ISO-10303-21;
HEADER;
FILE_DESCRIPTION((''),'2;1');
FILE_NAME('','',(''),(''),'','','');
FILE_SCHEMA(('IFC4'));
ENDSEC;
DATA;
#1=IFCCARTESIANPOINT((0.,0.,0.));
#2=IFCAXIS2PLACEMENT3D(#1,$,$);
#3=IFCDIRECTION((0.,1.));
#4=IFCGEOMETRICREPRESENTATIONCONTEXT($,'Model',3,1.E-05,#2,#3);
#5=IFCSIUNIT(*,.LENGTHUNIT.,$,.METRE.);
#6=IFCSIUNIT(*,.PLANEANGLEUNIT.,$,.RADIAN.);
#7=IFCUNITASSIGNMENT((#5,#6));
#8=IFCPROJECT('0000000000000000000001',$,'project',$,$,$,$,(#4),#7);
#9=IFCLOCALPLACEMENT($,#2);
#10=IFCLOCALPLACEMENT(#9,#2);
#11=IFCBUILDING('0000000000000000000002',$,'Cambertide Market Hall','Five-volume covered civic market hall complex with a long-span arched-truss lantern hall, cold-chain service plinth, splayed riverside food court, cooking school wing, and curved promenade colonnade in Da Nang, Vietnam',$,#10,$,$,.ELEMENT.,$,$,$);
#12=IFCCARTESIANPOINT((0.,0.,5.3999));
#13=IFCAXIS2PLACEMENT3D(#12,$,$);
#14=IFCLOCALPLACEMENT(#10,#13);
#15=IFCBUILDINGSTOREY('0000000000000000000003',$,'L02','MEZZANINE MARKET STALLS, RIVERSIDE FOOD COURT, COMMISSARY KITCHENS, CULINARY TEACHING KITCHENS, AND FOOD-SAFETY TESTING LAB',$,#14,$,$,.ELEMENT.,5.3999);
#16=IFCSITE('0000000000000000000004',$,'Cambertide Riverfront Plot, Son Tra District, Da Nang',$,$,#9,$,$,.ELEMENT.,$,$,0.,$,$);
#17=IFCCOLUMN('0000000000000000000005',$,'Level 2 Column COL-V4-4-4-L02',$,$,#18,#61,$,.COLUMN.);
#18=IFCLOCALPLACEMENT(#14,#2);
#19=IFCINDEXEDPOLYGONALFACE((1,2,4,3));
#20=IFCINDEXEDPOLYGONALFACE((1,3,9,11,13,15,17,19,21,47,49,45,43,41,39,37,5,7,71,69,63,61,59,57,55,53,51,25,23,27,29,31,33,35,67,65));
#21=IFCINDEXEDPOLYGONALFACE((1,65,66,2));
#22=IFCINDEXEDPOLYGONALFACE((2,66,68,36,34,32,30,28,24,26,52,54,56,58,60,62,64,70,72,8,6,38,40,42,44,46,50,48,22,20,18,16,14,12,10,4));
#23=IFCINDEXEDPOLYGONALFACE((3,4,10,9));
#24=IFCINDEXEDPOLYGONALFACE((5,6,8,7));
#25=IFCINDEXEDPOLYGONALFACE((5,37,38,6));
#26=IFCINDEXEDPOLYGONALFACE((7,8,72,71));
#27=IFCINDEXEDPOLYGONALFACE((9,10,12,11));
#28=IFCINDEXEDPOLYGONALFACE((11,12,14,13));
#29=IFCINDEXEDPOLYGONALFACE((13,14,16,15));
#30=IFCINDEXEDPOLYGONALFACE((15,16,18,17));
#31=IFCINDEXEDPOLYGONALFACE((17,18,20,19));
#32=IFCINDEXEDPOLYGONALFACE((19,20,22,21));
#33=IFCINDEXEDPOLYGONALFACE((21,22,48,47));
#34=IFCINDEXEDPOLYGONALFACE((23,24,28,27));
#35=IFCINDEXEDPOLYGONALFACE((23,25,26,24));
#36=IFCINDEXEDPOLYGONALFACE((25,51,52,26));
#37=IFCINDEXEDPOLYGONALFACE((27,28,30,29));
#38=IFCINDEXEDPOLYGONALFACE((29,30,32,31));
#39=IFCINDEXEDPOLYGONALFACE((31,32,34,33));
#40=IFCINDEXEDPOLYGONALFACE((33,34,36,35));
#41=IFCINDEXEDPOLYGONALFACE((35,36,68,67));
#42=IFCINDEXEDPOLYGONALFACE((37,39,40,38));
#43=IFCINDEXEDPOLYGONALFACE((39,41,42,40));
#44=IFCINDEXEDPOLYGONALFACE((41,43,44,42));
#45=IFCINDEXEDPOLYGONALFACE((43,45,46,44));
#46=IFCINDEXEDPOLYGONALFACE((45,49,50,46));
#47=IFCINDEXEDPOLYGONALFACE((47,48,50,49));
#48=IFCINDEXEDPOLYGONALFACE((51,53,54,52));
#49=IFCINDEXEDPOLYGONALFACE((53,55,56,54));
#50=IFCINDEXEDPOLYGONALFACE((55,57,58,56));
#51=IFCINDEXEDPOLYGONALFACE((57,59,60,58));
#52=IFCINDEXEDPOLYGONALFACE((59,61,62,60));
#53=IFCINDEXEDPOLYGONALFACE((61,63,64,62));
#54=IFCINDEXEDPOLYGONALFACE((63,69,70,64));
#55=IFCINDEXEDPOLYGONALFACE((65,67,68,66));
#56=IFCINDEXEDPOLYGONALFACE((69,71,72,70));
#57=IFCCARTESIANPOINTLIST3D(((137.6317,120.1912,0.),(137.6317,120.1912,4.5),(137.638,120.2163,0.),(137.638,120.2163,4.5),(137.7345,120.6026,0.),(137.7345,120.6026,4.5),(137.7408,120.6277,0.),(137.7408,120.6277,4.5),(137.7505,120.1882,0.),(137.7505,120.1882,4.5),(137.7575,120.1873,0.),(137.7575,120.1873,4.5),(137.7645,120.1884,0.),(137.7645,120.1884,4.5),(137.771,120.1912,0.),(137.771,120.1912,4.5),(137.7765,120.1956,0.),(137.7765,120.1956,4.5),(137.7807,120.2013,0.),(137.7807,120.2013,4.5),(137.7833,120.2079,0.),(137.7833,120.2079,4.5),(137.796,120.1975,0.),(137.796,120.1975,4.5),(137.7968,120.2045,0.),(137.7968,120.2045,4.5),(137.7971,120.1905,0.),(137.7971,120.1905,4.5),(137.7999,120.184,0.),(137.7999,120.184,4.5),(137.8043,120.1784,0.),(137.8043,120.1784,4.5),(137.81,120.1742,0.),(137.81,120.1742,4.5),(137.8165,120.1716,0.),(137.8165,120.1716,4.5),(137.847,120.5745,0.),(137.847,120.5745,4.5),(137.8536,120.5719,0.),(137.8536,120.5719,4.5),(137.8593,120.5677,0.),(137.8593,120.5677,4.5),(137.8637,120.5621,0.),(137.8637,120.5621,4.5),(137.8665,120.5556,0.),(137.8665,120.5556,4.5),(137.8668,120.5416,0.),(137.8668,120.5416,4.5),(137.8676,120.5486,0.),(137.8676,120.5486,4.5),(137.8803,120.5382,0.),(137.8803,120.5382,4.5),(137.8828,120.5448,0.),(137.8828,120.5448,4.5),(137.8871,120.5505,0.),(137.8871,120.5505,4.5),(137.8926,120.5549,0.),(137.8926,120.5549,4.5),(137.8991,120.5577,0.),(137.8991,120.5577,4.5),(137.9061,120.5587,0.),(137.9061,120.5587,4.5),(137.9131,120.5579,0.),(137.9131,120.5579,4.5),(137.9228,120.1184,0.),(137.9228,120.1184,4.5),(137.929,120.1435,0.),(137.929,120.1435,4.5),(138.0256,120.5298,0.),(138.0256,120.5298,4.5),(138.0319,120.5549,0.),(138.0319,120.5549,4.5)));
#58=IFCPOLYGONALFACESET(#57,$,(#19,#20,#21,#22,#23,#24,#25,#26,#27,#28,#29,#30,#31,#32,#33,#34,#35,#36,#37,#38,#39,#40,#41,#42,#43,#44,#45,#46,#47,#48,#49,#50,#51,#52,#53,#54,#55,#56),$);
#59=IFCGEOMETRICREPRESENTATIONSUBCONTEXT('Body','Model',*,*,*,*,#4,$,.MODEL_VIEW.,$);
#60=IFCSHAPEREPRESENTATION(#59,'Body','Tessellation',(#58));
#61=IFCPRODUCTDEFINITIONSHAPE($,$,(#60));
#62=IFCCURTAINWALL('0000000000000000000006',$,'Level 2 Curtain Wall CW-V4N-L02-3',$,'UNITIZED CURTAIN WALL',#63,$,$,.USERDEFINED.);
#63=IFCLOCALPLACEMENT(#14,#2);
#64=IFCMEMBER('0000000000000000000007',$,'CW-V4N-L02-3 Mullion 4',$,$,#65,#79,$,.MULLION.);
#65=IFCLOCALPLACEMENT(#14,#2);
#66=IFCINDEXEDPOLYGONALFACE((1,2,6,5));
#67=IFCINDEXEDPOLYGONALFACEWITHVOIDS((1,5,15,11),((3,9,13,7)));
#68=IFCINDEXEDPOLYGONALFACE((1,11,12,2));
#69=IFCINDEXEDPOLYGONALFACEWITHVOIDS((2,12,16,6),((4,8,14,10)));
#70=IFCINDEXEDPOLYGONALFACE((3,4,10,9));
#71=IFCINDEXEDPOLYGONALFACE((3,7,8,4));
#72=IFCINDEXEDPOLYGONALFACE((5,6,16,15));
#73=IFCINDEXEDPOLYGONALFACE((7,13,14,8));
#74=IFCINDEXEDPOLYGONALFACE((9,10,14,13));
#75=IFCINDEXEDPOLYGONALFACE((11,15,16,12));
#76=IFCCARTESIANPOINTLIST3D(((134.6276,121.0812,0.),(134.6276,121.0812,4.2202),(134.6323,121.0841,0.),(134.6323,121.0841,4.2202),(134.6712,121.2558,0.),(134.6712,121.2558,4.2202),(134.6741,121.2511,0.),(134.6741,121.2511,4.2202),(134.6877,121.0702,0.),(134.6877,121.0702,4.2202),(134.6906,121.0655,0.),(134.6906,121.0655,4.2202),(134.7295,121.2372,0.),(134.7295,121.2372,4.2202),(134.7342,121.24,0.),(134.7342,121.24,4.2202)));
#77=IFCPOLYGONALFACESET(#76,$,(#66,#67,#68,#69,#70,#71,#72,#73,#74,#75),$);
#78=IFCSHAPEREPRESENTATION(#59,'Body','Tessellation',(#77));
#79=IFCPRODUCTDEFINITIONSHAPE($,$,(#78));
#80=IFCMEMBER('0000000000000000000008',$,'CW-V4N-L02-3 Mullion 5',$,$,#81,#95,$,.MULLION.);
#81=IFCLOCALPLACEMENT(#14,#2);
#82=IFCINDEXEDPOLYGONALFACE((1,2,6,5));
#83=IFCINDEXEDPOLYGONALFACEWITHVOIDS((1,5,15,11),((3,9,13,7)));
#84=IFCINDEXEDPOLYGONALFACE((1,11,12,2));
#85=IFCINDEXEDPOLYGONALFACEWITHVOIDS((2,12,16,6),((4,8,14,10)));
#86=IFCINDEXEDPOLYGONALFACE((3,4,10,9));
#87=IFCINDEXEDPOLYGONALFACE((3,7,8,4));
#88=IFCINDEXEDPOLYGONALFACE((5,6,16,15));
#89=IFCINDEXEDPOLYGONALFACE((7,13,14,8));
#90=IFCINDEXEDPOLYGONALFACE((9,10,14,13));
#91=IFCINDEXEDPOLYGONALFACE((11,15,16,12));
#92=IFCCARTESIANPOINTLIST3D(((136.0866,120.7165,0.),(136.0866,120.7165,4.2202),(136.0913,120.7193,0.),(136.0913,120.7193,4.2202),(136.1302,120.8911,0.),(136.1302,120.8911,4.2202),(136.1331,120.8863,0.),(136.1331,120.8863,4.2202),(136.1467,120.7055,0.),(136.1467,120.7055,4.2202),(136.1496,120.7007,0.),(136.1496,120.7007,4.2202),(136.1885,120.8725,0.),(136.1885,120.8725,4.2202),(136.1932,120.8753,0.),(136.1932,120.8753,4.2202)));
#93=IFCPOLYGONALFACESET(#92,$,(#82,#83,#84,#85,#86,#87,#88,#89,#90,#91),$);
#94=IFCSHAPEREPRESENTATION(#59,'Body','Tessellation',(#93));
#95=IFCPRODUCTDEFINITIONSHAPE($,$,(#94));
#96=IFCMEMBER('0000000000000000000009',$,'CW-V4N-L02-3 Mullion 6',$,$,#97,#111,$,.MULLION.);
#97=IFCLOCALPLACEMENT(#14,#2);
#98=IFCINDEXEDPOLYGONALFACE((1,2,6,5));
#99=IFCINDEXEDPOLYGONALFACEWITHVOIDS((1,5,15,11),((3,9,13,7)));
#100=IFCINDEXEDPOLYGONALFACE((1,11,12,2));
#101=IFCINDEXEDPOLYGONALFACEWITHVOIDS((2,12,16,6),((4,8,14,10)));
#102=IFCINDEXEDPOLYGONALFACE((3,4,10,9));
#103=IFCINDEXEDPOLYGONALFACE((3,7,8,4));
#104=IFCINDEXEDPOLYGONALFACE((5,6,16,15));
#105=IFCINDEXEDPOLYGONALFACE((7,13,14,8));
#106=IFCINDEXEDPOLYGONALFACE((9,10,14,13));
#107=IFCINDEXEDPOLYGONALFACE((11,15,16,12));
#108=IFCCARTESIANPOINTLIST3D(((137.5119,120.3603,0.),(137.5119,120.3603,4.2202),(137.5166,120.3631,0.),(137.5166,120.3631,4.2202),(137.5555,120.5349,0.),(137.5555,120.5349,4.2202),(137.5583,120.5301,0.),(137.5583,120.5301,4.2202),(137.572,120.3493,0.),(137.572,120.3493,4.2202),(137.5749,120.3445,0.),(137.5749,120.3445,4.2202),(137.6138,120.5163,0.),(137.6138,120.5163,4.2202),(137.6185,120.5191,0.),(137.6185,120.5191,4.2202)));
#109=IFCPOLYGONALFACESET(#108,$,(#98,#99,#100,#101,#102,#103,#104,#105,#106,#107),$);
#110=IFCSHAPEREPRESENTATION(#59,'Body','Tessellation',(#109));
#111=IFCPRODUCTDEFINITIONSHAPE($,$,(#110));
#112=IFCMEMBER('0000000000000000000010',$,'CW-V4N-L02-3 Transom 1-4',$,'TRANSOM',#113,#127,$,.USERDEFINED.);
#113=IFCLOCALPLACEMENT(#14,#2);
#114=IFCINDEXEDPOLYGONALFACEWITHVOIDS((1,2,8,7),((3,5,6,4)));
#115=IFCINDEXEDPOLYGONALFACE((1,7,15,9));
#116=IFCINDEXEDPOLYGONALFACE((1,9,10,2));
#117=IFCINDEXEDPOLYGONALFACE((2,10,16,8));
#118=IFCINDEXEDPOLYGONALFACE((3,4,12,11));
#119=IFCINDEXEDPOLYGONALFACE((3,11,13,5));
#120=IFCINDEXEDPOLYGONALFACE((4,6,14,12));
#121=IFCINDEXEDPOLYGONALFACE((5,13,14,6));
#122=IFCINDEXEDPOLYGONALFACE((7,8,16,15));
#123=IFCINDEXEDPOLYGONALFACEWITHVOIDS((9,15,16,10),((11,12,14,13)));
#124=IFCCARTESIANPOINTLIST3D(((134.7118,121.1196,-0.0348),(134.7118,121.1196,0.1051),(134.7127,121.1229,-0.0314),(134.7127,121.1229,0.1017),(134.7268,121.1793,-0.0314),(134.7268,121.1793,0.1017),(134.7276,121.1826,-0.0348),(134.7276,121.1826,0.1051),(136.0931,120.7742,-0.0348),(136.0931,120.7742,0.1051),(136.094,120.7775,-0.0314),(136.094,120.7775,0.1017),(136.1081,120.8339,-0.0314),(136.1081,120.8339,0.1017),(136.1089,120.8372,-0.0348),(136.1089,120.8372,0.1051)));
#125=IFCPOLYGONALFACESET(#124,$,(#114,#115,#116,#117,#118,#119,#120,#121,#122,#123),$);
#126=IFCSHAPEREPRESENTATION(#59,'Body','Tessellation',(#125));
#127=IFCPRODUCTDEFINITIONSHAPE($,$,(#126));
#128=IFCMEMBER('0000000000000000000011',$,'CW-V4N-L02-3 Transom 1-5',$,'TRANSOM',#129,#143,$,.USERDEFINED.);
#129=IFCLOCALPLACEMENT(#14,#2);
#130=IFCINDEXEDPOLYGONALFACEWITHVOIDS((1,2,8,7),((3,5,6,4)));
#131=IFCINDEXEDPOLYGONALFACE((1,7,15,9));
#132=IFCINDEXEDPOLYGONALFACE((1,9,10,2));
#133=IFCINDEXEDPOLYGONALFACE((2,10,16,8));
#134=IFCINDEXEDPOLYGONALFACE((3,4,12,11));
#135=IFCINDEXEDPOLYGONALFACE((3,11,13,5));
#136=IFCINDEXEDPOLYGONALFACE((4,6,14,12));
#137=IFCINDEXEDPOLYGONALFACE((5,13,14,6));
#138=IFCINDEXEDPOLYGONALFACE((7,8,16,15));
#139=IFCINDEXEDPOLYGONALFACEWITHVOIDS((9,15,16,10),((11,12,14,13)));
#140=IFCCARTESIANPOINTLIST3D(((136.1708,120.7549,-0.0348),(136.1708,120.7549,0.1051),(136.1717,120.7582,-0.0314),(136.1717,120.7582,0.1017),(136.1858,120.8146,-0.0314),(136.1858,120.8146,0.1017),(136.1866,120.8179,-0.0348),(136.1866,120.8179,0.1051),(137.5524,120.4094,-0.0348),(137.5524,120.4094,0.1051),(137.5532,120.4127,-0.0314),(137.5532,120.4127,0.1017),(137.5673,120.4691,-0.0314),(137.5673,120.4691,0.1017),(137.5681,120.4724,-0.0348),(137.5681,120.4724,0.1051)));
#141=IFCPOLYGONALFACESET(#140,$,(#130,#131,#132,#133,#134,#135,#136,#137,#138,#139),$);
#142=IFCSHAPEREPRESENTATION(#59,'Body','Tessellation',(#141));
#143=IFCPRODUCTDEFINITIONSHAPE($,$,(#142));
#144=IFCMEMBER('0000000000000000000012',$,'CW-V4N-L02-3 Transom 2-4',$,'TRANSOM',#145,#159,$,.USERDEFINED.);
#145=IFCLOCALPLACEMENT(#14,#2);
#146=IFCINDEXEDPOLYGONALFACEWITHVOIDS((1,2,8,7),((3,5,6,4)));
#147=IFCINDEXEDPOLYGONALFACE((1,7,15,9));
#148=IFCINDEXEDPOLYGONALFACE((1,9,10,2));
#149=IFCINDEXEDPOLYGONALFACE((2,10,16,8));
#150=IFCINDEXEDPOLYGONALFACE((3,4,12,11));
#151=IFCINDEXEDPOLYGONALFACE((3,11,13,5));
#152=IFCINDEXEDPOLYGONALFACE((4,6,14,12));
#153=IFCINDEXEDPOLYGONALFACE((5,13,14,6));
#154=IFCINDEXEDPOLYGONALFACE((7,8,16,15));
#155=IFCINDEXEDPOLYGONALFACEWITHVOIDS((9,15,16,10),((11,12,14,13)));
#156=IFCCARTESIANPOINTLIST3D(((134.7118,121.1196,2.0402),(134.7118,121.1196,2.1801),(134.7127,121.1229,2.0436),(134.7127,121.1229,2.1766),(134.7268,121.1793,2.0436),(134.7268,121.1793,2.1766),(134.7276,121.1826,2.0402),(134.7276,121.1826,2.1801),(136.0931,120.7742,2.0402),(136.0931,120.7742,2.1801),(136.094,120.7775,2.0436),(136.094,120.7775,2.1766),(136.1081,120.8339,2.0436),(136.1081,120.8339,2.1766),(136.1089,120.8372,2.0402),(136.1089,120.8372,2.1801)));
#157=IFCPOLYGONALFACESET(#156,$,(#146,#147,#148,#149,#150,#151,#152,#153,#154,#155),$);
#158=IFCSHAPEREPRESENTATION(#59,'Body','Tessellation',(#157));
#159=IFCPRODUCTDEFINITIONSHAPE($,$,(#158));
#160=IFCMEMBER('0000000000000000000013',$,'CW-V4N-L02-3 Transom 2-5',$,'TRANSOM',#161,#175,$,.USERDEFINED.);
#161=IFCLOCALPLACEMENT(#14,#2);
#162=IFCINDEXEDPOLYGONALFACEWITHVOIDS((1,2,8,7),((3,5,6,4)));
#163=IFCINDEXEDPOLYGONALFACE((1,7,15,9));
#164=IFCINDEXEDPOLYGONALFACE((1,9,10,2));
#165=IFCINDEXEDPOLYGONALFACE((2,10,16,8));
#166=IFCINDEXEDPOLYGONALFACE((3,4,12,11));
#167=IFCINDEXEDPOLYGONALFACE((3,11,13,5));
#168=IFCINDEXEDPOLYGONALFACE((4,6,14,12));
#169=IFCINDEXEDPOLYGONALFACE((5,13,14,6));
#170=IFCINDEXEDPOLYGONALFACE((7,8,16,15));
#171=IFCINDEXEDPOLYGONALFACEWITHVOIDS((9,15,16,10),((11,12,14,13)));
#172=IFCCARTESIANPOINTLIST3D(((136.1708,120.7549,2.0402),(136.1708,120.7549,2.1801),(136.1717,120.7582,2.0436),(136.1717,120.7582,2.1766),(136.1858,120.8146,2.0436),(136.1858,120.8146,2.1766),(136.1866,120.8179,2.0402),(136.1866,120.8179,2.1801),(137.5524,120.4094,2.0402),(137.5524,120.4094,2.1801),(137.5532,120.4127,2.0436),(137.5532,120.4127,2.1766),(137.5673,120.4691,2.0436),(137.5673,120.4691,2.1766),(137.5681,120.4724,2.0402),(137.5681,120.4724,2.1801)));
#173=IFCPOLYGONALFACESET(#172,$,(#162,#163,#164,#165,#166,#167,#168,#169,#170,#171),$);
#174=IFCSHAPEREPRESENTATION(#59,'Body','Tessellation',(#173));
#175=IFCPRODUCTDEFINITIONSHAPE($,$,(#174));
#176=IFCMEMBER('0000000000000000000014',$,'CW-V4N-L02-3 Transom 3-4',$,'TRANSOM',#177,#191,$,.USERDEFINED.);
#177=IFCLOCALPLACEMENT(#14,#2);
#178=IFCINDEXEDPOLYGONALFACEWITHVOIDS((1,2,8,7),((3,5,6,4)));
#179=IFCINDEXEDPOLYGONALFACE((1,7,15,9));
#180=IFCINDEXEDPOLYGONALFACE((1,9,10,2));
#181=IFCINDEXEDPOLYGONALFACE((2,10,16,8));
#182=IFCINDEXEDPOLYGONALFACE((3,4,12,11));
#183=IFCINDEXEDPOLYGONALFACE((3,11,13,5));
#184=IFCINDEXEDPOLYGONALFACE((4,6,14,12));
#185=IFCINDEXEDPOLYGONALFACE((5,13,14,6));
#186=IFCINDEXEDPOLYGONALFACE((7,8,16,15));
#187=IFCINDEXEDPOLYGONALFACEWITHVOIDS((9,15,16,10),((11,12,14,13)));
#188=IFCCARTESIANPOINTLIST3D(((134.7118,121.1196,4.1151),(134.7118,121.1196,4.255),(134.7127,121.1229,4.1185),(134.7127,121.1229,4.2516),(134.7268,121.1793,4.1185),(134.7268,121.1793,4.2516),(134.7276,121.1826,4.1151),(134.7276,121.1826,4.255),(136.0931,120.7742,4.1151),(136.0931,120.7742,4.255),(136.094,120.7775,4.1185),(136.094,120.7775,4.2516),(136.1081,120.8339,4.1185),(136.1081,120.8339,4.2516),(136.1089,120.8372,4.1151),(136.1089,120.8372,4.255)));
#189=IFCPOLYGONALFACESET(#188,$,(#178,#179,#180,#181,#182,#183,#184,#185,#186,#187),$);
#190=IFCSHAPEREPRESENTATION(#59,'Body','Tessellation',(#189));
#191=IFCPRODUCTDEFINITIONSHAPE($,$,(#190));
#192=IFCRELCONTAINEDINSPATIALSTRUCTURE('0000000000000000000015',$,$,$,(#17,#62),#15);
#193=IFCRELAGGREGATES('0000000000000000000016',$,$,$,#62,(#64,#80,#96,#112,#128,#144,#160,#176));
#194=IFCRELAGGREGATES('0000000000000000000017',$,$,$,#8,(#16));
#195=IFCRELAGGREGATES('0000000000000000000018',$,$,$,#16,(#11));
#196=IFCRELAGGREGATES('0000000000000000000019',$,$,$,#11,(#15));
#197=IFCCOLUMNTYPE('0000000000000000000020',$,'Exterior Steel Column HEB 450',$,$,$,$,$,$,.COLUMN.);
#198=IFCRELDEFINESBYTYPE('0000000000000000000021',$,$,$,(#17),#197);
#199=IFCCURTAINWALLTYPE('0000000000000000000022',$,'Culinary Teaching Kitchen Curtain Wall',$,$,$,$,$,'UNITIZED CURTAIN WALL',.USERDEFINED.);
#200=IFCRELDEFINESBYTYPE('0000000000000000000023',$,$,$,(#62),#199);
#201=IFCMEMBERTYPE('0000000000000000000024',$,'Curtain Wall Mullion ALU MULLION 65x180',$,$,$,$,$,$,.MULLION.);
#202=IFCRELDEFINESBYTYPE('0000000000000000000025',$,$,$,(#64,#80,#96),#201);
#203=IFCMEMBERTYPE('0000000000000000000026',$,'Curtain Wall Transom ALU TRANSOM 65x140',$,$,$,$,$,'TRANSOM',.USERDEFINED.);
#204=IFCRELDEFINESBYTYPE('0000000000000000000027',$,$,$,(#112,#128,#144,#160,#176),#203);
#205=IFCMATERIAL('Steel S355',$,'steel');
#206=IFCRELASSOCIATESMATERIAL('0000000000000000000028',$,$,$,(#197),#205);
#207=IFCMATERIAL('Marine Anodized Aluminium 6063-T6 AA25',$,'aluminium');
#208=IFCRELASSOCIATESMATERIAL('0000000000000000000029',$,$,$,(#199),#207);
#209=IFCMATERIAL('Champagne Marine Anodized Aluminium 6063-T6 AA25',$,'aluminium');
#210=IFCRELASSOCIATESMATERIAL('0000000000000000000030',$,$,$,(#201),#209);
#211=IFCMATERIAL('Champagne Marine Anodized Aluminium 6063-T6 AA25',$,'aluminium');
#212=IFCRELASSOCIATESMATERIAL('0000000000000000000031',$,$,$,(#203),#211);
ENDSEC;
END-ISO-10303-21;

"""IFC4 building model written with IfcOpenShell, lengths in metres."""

from ifc_helpers import new_model, si_unit, direction, frame, origin, origin_2d, place, context, subcontext, project, spatial, hollow_rectangle, i_section, extrude, material, material_profile, profile_set, type_object, element, aggregate, save


model = new_model("IFC4")

# Units and contexts
model_context = context("Model", 3, precision=1e-05, world=origin(), true_north=direction((0.0, 1.0)))
body_context = subcontext(model_context, "Body", "Model", "MODEL_VIEW")
ifc_project = project(units=[si_unit("LENGTHUNIT", "METRE"), si_unit("PLANEANGLEUNIT", "RADIAN")], contexts=[model_context])

# Site, building, storey
site_placement = place(None, origin())
site = spatial("IfcSite", under=ifc_project, at=site_placement, Name="Cambertide Riverfront Plot, Son Tra District, Da Nang", CompositionType="ELEMENT", RefElevation=0.0)
building_placement = place(site_placement, origin())
building = spatial("IfcBuilding", under=site, at=building_placement, Name="Cambertide Market Hall", Description="Five-volume covered civic market hall complex with a long-span arched-truss lantern hall, cold-chain service plinth, splayed riverside food court, cooking school wing, and curved promenade colonnade in Da Nang, Vietnam", CompositionType="ELEMENT")
storey_placement = place(building_placement, frame((0.0, 0.0, 5.3999)))
storey = spatial("IfcBuildingStorey", under=building, at=storey_placement, Name="L02", Description="MEZZANINE MARKET STALLS, RIVERSIDE FOOD COURT, COMMISSARY KITCHENS, CULINARY TEACHING KITCHENS, AND FOOD-SAFETY TESTING LAB", CompositionType="ELEMENT", Elevation=5.3999)

# Column
ifc_material_1 = material(Name="Steel S355", Category="steel")
ifc_material_profile_1 = material_profile(ifc_material_1, i_section(OverallWidth=0.3, OverallDepth=0.45, WebThickness=0.0139, FlangeThickness=0.0259, FilletRadius=0.0271, at=origin_2d()), Name="HEB 450")
ifc_profile_set_1 = profile_set([ifc_material_profile_1], Name="Steel S355")
column_type = type_object("IfcColumnType", Name="Exterior Steel Column HEB 450", PredefinedType="COLUMN", material=ifc_profile_set_1)
column_placement = place(storey_placement, frame((137.8318, 120.373, 0.0), z_axis=(0.0, 0.0, 1.0), x_axis=(0.970143, -0.242536, 0.0)))
element("IfcColumn", 1, at=column_placement, inside=storey, type_object=column_type, Name="Level 2 Column COL-V4-4-4-L02", PredefinedType="COLUMN", context=body_context, shape_type="SweptSolid", body=[
    extrude(i_section(OverallWidth=0.3, OverallDepth=0.45, WebThickness=0.0139, FlangeThickness=0.0259, FilletRadius=0.0271, at=origin_2d()), origin(), (0.0, 0.0, 1.0), 4.5),
])

# Curtain wall, members
ifc_material_2 = material(Name="Marine Anodized Aluminium 6063-T6 AA25", Category="aluminium")
curtain_wall_type = type_object("IfcCurtainWallType", Name="Culinary Teaching Kitchen Curtain Wall", ElementType="UNITIZED CURTAIN WALL", PredefinedType="USERDEFINED", material=ifc_material_2)
curtain_wall_placement = place(storey_placement, origin())
curtain_wall = element("IfcCurtainWall", 2, at=curtain_wall_placement, inside=storey, type_object=curtain_wall_type, Name="Level 2 Curtain Wall CW-V4N-L02-3", ObjectType="UNITIZED CURTAIN WALL", PredefinedType="USERDEFINED")
ifc_material_3 = material(Name="Champagne Marine Anodized Aluminium 6063-T6 AA25", Category="aluminium")
ifc_material_profile_2 = material_profile(ifc_material_3, hollow_rectangle(XDim=0.0649, YDim=0.1799, WallThickness=0.0039, at=origin_2d()), Name="ALU MULLION 65x180")
ifc_profile_set_2 = profile_set([ifc_material_profile_2], Name="Champagne Marine Anodized Aluminium 6063-T6 AA25")
member_type_1 = type_object("IfcMemberType", Name="Curtain Wall Mullion ALU MULLION 65x180", PredefinedType="MULLION", material=ifc_profile_set_2)
member_1_placement = place(storey_placement, frame((134.6809, 121.1606, 0.0), z_axis=(0.0, 0.0, 1.0), x_axis=(0.970143, -0.242536, 0.0)))
member_1 = element("IfcMember", 3, at=member_1_placement, type_object=member_type_1, Name="CW-V4N-L02-3 Mullion 4", PredefinedType="MULLION", context=body_context, shape_type="SweptSolid", body=[
    extrude(hollow_rectangle(XDim=0.0649, YDim=0.1799, WallThickness=0.0039, at=origin_2d()), origin(), (0.0, 0.0, 1.0), 4.2202),
])
member_2_placement = place(storey_placement, frame((136.1399, 120.7959, 0.0), z_axis=(0.0, 0.0, 1.0), x_axis=(0.970143, -0.242536, 0.0)))
member_2 = element("IfcMember", 4, at=member_2_placement, type_object=member_type_1, Name="CW-V4N-L02-3 Mullion 5", PredefinedType="MULLION", context=body_context, shape_type="SweptSolid", body=[
    extrude(hollow_rectangle(XDim=0.0649, YDim=0.1799, WallThickness=0.0039, at=origin_2d()), origin(), (0.0, 0.0, 1.0), 4.2202),
])
member_3_placement = place(storey_placement, frame((137.5652, 120.4397, 0.0), z_axis=(0.0, 0.0, 1.0), x_axis=(0.970143, -0.242536, 0.0)))
member_3 = element("IfcMember", 5, at=member_3_placement, type_object=member_type_1, Name="CW-V4N-L02-3 Mullion 6", PredefinedType="MULLION", context=body_context, shape_type="SweptSolid", body=[
    extrude(hollow_rectangle(XDim=0.0649, YDim=0.1799, WallThickness=0.0039, at=origin_2d()), origin(), (0.0, 0.0, 1.0), 4.2202),
])
ifc_material_4 = material(Name="Champagne Marine Anodized Aluminium 6063-T6 AA25", Category="aluminium")
ifc_material_profile_3 = material_profile(ifc_material_4, hollow_rectangle(XDim=0.0649, YDim=0.1399, WallThickness=0.0034, at=origin_2d()), Name="ALU TRANSOM 65x140")
ifc_profile_set_3 = profile_set([ifc_material_profile_3], Name="Champagne Marine Anodized Aluminium 6063-T6 AA25")
member_type_2 = type_object("IfcMemberType", Name="Curtain Wall Transom ALU TRANSOM 65x140", ElementType="TRANSOM", PredefinedType="USERDEFINED", material=ifc_profile_set_3)
member_4_placement = place(storey_placement, frame((134.7197, 121.1511, 0.0352), z_axis=(0.970122, -0.242616, 0.0), x_axis=(0.242616, 0.970122, 0.0)))
member_4 = element("IfcMember", 6, at=member_4_placement, type_object=member_type_2, Name="CW-V4N-L02-3 Transom 1-4", ObjectType="TRANSOM", PredefinedType="USERDEFINED", context=body_context, shape_type="SweptSolid", body=[
    extrude(hollow_rectangle(XDim=0.0649, YDim=0.1399, WallThickness=0.0034, at=origin_2d()), origin(), (0.0, 0.0, 1.0), 1.4238),
])
member_5_placement = place(storey_placement, frame((136.1787, 120.7864, 0.0352), z_axis=(0.970132, -0.242576, 0.0), x_axis=(0.242576, 0.970132, 0.0)))
member_5 = element("IfcMember", 7, at=member_5_placement, type_object=member_type_2, Name="CW-V4N-L02-3 Transom 1-5", ObjectType="TRANSOM", PredefinedType="USERDEFINED", context=body_context, shape_type="SweptSolid", body=[
    extrude(hollow_rectangle(XDim=0.0649, YDim=0.1399, WallThickness=0.0034, at=origin_2d()), origin(), (0.0, 0.0, 1.0), 1.4241),
])
member_6_placement = place(storey_placement, frame((134.7197, 121.1511, 2.1101), z_axis=(0.970122, -0.242616, 0.0), x_axis=(0.242616, 0.970122, 0.0)))
member_6 = element("IfcMember", 8, at=member_6_placement, type_object=member_type_2, Name="CW-V4N-L02-3 Transom 2-4", ObjectType="TRANSOM", PredefinedType="USERDEFINED", context=body_context, shape_type="SweptSolid", body=[
    extrude(hollow_rectangle(XDim=0.0649, YDim=0.1399, WallThickness=0.0034, at=origin_2d()), origin(), (0.0, 0.0, 1.0), 1.4238),
])
member_7_placement = place(storey_placement, frame((136.1787, 120.7864, 2.1101), z_axis=(0.970132, -0.242576, 0.0), x_axis=(0.242576, 0.970132, 0.0)))
member_7 = element("IfcMember", 9, at=member_7_placement, type_object=member_type_2, Name="CW-V4N-L02-3 Transom 2-5", ObjectType="TRANSOM", PredefinedType="USERDEFINED", context=body_context, shape_type="SweptSolid", body=[
    extrude(hollow_rectangle(XDim=0.0649, YDim=0.1399, WallThickness=0.0034, at=origin_2d()), origin(), (0.0, 0.0, 1.0), 1.4241),
])
member_8_placement = place(storey_placement, frame((134.7197, 121.1511, 4.1851), z_axis=(0.970122, -0.242616, 0.0), x_axis=(0.242616, 0.970122, 0.0)))
member_8 = element("IfcMember", 10, at=member_8_placement, type_object=member_type_2, Name="CW-V4N-L02-3 Transom 3-4", ObjectType="TRANSOM", PredefinedType="USERDEFINED", context=body_context, shape_type="SweptSolid", body=[
    extrude(hollow_rectangle(XDim=0.0649, YDim=0.1399, WallThickness=0.0034, at=origin_2d()), origin(), (0.0, 0.0, 1.0), 1.4238),
])

aggregate(curtain_wall, [member_1, member_2, member_3, member_4, member_5, member_6, member_7, member_8])

save(model, "model.ifc")
